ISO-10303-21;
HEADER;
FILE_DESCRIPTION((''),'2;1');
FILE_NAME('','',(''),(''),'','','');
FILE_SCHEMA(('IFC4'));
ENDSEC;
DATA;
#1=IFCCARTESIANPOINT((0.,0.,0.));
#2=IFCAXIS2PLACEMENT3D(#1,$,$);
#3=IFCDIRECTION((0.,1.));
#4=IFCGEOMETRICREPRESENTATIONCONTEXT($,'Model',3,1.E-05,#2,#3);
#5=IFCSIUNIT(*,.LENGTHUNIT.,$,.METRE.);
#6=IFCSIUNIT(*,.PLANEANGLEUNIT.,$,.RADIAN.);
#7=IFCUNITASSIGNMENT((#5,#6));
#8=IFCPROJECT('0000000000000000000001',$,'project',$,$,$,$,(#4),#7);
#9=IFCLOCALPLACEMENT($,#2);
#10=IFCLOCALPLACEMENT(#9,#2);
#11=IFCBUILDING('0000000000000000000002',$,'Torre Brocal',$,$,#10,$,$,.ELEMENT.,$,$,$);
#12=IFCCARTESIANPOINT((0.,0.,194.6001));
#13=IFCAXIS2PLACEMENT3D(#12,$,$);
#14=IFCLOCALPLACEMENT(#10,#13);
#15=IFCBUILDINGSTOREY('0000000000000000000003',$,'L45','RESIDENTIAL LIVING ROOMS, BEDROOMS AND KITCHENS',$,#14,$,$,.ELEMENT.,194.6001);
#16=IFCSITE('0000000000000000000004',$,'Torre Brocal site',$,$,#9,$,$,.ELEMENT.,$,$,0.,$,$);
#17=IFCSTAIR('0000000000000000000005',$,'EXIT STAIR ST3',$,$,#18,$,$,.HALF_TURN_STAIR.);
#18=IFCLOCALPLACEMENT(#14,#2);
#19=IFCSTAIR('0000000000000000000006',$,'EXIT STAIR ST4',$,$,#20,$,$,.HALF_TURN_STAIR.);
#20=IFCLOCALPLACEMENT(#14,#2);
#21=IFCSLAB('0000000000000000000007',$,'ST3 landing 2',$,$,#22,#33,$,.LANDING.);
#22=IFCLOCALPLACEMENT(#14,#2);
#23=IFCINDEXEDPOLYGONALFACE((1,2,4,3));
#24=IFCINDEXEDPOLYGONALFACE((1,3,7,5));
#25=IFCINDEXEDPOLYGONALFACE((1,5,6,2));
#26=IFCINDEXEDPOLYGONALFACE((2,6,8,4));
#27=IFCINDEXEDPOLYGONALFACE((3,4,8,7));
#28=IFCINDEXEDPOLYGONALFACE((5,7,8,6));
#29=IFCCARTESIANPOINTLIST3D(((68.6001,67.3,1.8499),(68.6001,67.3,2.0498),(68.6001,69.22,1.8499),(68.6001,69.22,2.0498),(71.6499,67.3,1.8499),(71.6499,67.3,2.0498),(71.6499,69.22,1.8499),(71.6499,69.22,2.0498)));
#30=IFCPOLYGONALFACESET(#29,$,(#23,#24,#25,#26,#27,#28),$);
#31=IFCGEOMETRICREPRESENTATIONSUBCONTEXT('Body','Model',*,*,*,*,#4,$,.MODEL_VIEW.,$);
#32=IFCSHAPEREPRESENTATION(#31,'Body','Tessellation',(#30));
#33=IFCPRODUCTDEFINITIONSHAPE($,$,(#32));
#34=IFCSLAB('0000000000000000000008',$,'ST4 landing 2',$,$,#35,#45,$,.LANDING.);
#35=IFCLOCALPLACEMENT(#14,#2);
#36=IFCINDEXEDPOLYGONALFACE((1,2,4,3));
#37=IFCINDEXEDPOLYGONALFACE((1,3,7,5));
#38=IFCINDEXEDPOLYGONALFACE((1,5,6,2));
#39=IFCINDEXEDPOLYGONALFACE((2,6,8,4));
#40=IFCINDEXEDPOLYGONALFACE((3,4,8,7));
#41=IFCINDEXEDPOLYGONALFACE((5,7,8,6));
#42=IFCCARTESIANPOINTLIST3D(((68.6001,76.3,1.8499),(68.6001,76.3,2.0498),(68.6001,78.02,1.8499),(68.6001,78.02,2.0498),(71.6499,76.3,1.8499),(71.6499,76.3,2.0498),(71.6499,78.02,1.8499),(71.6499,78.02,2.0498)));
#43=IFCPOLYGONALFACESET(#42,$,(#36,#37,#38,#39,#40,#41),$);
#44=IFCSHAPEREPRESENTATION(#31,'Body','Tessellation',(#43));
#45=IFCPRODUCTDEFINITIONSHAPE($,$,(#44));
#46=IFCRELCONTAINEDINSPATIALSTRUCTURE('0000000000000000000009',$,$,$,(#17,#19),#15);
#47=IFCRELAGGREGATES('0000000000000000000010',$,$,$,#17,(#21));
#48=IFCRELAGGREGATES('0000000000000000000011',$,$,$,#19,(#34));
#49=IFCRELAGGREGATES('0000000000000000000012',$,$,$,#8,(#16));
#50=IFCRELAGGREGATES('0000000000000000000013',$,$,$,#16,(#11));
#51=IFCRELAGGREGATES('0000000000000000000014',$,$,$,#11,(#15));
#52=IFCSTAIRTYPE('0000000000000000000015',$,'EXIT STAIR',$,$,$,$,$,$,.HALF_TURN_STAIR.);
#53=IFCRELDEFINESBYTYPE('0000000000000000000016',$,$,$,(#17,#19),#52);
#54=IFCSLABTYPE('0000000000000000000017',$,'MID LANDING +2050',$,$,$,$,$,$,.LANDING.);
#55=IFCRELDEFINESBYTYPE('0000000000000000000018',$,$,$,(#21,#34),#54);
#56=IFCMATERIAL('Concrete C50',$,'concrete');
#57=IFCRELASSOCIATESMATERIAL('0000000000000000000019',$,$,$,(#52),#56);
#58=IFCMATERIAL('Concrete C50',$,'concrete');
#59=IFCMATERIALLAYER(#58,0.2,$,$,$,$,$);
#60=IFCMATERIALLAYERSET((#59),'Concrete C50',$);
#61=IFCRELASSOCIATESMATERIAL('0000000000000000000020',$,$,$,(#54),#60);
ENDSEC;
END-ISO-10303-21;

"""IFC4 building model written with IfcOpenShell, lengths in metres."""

from ifc_helpers import new_model, si_unit, direction, frame, origin, place, context, subcontext, project, spatial, polyline, outline, extrude, material, layer, layer_set, type_object, element, aggregate, save


model = new_model("IFC4")

# Units and contexts
model_context = context("Model", 3, precision=1e-05, world=origin(), true_north=direction((0.0, 1.0)))
body_context = subcontext(model_context, "Body", "Model", "MODEL_VIEW")
ifc_project = project(units=[si_unit("LENGTHUNIT", "METRE"), si_unit("PLANEANGLEUNIT", "RADIAN")], contexts=[model_context])

# Site, building, storey
site_placement = place(None, origin())
site = spatial("IfcSite", under=ifc_project, at=site_placement, Name="Torre Brocal site", CompositionType="ELEMENT", RefElevation=0.0)
building_placement = place(site_placement, origin())
building = spatial("IfcBuilding", under=site, at=building_placement, Name="Torre Brocal", CompositionType="ELEMENT")
storey_placement = place(building_placement, frame((0.0, 0.0, 194.6001)))
storey = spatial("IfcBuildingStorey", under=building, at=storey_placement, Name="L45", Description="RESIDENTIAL LIVING ROOMS, BEDROOMS AND KITCHENS", CompositionType="ELEMENT", Elevation=194.6001)

# Stairs
ifc_material_1 = material(Name="Concrete C50", Category="concrete")
stair_type = type_object("IfcStairType", Name="EXIT STAIR", PredefinedType="HALF_TURN_STAIR", material=ifc_material_1)
stair_1_placement = place(storey_placement, origin())
stair_1 = element("IfcStair", 1, at=stair_1_placement, inside=storey, type_object=stair_type, Name="EXIT STAIR ST3", PredefinedType="HALF_TURN_STAIR")
stair_2_placement = place(storey_placement, origin())
stair_2 = element("IfcStair", 2, at=stair_2_placement, inside=storey, type_object=stair_type, Name="EXIT STAIR ST4", PredefinedType="HALF_TURN_STAIR")

# Slabs
ifc_material_2 = material(Name="Concrete C50", Category="concrete")
ifc_layer_1 = layer(ifc_material_2, 0.2)
ifc_layer_set_1 = layer_set([ifc_layer_1], Name="Concrete C50")
slab_type_1 = type_object("IfcSlabType", Name="MID LANDING +2050", PredefinedType="LANDING", material=ifc_layer_set_1)
slab_1_placement = place(storey_placement, frame((0.0, 0.0, 1.8499)))
slab_1 = element("IfcSlab", 3, at=slab_1_placement, type_object=slab_type_1, Name="ST3 landing 2", PredefinedType="LANDING", context=body_context, shape_type="SweptSolid", body=[
    extrude(outline(polyline([(71.6499, 69.22), (68.6001, 69.22), (68.6001, 67.3), (71.6499, 67.3), (71.6499, 69.22)])), origin(), (0.0, 0.0, 1.0), 0.2),
])
aggregate(stair_1, [slab_1])
slab_2_placement = place(storey_placement, frame((0.0, 0.0, 1.8499)))
slab_2 = element("IfcSlab", 4, at=slab_2_placement, type_object=slab_type_1, Name="ST4 landing 2", PredefinedType="LANDING", context=body_context, shape_type="SweptSolid", body=[
    extrude(outline(polyline([(71.6499, 78.02), (68.6001, 78.02), (68.6001, 76.3), (71.6499, 76.3), (71.6499, 78.02)])), origin(), (0.0, 0.0, 1.0), 0.2),
])
aggregate(stair_2, [slab_2])

save(model, "model.ifc")
